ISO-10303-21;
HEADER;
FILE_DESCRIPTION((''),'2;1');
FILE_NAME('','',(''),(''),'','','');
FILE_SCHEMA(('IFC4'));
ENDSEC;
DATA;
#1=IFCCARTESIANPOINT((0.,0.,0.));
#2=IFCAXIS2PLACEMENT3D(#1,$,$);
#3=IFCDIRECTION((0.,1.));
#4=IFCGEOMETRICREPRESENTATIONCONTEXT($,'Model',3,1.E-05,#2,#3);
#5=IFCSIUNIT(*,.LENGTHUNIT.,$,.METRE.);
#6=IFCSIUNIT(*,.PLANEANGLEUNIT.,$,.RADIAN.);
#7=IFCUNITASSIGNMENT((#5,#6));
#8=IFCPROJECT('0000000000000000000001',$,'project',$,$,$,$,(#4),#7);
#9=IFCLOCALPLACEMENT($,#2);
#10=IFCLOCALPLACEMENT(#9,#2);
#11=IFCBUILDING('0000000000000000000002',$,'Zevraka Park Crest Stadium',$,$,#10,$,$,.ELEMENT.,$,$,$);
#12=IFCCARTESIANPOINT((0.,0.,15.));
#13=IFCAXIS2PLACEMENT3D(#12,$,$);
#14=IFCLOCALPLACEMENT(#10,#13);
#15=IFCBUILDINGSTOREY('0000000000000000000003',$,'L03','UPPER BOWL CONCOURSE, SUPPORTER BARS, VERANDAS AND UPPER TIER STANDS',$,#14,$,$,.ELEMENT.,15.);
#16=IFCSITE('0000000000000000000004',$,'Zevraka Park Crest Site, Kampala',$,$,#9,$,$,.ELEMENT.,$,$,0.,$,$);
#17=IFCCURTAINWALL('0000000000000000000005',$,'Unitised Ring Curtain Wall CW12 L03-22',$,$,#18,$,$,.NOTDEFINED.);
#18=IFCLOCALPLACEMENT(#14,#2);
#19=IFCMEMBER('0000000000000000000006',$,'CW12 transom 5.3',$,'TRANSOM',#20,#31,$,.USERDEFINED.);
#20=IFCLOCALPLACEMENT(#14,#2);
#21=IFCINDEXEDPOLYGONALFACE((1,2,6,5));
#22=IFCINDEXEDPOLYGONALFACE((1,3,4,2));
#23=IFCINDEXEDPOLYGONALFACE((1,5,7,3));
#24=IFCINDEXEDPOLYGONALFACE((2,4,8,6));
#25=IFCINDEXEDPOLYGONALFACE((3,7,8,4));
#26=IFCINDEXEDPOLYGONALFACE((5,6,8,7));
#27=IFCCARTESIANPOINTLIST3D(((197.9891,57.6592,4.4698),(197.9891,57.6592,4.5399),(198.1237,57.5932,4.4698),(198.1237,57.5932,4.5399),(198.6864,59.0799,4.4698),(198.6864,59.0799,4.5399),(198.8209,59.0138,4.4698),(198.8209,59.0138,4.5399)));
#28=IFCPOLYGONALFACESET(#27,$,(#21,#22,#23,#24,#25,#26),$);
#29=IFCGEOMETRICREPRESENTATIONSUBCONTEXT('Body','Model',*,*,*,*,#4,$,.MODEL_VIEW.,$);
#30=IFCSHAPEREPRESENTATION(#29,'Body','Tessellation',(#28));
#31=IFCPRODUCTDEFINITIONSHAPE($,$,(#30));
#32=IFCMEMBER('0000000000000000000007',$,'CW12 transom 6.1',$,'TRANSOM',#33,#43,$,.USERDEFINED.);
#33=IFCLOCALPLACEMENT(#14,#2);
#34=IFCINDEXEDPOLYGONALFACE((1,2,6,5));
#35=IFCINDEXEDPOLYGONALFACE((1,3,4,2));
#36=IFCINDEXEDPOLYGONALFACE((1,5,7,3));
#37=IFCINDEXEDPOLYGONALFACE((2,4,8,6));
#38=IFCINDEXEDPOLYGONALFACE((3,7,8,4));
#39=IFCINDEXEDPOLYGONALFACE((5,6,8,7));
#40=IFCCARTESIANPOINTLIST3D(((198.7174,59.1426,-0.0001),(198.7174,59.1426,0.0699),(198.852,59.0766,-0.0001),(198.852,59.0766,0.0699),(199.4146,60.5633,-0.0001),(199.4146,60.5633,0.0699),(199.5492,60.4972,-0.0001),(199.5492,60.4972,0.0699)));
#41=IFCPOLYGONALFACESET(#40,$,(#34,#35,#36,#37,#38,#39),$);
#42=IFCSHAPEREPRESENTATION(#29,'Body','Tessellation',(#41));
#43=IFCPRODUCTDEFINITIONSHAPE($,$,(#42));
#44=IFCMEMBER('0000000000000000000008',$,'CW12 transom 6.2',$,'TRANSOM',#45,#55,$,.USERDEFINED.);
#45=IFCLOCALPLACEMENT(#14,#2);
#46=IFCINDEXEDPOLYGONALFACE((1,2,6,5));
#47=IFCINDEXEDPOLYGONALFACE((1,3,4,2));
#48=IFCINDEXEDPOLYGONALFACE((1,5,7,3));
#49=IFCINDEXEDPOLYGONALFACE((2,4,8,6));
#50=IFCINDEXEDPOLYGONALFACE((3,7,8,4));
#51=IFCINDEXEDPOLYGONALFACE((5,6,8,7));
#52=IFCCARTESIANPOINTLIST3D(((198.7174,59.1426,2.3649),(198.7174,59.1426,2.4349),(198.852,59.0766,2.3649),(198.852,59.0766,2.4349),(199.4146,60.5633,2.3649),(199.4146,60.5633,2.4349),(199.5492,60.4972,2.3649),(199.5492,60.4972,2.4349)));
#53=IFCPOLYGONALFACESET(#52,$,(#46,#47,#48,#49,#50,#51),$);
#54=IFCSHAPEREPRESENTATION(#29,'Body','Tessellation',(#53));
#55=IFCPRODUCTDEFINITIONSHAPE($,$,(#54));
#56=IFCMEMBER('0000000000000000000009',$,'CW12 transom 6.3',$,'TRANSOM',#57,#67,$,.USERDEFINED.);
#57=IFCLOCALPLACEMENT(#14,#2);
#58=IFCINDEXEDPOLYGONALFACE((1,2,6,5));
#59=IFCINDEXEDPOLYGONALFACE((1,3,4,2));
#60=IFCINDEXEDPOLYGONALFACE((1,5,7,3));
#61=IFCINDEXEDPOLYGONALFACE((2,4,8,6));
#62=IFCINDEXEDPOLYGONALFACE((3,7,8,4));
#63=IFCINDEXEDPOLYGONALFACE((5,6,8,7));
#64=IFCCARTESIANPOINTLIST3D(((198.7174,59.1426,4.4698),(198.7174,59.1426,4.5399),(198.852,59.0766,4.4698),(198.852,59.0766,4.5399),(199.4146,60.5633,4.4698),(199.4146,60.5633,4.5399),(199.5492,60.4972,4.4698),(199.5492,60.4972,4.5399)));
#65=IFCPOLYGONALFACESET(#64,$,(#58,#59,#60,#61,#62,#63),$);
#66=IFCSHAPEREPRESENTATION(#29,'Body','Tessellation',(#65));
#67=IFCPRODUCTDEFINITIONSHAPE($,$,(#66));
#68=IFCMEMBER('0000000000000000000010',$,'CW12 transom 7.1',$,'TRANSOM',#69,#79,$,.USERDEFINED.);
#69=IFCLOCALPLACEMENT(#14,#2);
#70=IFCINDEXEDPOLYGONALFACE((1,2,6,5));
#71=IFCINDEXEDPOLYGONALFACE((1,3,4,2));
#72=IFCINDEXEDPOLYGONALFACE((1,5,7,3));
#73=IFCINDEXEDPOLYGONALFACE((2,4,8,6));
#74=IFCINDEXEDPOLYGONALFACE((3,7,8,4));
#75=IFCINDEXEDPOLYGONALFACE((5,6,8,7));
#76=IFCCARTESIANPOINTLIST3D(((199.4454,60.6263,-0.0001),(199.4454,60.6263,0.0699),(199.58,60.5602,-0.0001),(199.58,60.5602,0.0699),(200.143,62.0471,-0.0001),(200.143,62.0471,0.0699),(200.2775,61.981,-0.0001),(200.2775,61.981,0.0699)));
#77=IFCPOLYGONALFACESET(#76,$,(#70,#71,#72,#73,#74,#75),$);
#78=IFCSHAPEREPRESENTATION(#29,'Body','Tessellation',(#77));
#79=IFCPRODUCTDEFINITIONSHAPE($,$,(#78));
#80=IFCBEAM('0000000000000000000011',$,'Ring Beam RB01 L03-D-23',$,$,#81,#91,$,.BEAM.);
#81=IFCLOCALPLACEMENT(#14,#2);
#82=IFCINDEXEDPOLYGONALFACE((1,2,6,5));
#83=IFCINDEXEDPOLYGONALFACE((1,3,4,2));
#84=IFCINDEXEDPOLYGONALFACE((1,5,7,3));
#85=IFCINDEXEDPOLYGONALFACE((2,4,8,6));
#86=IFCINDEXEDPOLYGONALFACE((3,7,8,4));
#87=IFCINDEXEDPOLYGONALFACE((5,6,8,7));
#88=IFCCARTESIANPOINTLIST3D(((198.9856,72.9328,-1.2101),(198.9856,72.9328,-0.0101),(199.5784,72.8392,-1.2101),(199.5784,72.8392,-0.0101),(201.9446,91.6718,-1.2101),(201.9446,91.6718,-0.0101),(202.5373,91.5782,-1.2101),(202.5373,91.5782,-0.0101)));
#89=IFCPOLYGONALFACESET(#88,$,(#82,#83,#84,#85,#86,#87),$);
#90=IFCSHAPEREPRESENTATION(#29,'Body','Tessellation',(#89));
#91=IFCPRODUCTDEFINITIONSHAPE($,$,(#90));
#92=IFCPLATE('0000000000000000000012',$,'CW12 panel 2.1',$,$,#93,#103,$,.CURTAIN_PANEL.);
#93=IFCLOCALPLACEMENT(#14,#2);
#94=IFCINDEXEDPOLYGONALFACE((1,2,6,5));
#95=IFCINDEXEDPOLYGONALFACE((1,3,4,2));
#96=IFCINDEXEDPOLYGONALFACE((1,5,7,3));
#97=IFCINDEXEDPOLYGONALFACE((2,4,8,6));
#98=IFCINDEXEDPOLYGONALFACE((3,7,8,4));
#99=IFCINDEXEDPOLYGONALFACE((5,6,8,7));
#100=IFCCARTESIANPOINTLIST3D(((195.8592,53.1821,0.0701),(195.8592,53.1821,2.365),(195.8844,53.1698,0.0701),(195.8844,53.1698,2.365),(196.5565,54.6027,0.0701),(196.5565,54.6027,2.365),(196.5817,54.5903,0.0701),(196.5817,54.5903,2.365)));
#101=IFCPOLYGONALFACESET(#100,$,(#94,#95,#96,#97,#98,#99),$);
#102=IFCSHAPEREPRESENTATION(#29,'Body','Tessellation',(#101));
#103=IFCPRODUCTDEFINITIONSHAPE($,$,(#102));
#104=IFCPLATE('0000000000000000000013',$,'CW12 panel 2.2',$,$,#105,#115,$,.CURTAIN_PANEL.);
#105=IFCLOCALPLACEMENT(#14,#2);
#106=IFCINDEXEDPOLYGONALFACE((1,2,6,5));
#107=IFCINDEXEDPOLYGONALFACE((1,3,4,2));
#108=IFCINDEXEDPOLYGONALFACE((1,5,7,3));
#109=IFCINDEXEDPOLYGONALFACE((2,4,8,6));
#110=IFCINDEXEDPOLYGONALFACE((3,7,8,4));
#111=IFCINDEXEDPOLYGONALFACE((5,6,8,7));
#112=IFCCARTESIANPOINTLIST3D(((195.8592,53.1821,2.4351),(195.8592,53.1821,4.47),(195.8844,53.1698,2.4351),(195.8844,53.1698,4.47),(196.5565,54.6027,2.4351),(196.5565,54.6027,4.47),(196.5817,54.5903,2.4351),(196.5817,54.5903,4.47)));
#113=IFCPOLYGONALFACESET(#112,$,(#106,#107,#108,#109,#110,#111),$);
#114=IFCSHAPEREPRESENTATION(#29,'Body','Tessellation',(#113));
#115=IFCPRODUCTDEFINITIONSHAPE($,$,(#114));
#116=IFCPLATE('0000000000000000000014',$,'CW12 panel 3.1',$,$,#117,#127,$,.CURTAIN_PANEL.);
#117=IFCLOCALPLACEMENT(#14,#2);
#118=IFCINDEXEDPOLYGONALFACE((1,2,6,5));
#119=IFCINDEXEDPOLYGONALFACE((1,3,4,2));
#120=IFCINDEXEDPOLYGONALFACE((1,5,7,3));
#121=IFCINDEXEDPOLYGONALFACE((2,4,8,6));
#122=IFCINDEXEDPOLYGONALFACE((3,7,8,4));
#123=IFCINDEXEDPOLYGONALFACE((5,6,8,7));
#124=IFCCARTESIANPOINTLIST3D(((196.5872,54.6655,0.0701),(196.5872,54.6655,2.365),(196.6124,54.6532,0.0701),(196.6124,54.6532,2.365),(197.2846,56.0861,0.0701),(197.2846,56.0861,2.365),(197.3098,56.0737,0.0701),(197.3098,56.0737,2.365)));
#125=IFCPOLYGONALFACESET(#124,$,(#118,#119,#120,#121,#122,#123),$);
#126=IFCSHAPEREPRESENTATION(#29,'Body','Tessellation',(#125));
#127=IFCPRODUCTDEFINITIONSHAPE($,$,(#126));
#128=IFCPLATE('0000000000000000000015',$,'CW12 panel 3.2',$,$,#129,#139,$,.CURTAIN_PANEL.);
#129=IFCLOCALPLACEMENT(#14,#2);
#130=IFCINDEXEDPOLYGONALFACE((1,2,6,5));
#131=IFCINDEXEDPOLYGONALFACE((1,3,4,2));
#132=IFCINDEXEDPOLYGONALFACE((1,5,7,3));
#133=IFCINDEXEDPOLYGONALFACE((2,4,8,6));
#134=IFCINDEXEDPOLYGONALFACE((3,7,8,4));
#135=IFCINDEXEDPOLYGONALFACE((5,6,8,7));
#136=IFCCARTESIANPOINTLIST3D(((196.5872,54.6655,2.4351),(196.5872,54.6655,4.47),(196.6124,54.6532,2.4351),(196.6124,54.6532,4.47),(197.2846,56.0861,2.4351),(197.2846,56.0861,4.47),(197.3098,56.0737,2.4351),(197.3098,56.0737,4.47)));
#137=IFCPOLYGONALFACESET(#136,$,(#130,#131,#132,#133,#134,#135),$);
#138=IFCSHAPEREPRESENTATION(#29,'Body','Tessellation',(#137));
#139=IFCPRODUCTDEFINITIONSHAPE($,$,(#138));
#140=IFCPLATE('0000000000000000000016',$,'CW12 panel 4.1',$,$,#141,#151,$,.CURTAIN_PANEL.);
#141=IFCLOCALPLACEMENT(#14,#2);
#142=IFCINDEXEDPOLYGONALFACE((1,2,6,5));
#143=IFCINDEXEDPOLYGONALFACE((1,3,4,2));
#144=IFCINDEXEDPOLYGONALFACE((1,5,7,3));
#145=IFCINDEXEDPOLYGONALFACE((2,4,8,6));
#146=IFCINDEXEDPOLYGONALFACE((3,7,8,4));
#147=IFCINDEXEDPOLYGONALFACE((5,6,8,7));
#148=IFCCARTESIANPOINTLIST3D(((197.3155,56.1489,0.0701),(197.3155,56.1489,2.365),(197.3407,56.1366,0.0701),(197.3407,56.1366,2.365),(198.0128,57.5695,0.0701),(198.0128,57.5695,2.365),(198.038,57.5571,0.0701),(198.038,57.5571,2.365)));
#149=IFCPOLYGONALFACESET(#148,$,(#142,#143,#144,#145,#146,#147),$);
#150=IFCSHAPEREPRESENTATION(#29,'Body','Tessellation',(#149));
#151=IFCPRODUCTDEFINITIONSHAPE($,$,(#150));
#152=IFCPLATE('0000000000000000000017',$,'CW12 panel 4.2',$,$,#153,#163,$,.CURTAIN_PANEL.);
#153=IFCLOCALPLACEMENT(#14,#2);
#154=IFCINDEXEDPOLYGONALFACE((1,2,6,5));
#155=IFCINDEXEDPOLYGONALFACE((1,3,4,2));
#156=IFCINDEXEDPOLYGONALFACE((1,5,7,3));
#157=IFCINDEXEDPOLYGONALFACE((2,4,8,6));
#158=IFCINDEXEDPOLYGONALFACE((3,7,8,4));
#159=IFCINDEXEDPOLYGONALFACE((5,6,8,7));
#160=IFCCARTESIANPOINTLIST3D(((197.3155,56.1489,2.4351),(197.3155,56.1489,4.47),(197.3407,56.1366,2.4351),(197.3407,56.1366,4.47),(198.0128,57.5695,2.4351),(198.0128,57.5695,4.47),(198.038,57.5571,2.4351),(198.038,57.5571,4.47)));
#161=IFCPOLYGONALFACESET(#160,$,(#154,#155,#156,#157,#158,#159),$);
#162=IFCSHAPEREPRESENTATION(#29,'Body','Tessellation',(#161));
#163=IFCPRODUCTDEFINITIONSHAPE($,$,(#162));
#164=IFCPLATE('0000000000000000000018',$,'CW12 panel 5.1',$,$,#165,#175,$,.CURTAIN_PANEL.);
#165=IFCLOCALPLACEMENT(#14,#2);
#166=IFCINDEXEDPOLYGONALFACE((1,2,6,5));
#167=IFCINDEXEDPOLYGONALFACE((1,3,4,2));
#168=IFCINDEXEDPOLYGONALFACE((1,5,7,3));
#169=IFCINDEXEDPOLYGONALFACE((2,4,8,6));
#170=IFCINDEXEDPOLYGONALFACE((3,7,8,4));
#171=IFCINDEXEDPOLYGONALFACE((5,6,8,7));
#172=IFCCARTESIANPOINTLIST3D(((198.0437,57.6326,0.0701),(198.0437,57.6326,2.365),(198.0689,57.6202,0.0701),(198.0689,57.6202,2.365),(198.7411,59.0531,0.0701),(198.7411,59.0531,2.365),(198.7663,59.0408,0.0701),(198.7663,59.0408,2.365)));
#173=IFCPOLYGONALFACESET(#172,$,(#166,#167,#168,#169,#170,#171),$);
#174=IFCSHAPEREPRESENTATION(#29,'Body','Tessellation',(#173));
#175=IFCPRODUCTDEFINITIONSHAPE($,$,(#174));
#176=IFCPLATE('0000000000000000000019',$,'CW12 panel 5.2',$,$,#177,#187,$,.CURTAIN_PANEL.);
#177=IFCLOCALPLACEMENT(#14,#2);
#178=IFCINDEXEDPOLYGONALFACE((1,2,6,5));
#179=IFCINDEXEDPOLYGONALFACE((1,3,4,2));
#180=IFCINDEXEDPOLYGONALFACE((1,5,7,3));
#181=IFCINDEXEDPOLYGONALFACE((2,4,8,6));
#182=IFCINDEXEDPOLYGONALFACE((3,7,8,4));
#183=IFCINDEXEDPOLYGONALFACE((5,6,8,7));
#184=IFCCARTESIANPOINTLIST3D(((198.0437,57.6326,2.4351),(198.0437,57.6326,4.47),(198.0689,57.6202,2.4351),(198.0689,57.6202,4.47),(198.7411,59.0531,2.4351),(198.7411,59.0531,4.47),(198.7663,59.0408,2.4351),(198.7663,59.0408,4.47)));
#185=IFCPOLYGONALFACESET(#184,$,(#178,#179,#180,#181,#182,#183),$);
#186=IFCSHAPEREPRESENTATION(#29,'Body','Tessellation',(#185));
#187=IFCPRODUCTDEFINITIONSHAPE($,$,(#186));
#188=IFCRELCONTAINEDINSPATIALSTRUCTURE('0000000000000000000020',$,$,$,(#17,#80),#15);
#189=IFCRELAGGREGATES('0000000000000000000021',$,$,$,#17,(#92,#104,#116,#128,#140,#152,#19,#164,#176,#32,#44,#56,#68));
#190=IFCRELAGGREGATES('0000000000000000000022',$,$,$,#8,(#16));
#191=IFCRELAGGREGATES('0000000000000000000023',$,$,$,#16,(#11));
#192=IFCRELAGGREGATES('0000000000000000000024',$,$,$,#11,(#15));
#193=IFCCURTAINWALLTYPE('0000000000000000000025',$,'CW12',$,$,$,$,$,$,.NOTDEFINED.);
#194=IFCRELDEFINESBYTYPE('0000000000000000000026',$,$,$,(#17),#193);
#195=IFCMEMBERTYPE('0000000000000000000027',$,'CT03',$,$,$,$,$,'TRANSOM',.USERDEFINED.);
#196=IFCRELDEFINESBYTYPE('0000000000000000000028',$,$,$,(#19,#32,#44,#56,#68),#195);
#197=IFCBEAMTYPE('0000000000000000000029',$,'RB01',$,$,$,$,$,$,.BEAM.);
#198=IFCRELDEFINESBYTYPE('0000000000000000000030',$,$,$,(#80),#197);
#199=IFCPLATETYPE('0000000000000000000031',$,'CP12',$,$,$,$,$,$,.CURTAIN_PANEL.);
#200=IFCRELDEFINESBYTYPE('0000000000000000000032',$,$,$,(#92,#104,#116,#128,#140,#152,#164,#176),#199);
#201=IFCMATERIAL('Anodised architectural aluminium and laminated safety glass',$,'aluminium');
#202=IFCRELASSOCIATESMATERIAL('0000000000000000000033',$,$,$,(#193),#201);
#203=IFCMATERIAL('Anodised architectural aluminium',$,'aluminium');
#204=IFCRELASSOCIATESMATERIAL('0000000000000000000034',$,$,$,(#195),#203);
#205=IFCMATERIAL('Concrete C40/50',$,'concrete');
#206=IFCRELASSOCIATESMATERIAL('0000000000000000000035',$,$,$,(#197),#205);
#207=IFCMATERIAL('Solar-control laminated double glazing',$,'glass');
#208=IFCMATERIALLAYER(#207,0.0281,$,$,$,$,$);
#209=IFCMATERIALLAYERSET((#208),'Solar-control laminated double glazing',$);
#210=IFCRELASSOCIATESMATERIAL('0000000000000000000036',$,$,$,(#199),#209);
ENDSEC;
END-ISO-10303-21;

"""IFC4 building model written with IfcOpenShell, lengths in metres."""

from ifc_helpers import new_model, si_unit, direction, frame, origin, origin_2d, place, context, subcontext, project, spatial, rectangle, extrude, material, layer, layer_set, material_profile, profile_set, type_object, element, aggregate, save


model = new_model("IFC4")

# Units and contexts
model_context = context("Model", 3, precision=1e-05, world=origin(), true_north=direction((0.0, 1.0)))
body_context = subcontext(model_context, "Body", "Model", "MODEL_VIEW")
ifc_project = project(units=[si_unit("LENGTHUNIT", "METRE"), si_unit("PLANEANGLEUNIT", "RADIAN")], contexts=[model_context])

# Site, building, storey
site_placement = place(None, origin())
site = spatial("IfcSite", under=ifc_project, at=site_placement, Name="Zevraka Park Crest Site, Kampala", CompositionType="ELEMENT", RefElevation=0.0)
building_placement = place(site_placement, origin())
building = spatial("IfcBuilding", under=site, at=building_placement, Name="Zevraka Park Crest Stadium", CompositionType="ELEMENT")
storey_placement = place(building_placement, frame((0.0, 0.0, 15.0)))
storey = spatial("IfcBuildingStorey", under=building, at=storey_placement, Name="L03", Description="UPPER BOWL CONCOURSE, SUPPORTER BARS, VERANDAS AND UPPER TIER STANDS", CompositionType="ELEMENT", Elevation=15.0)

# Curtain wall, members
ifc_material_1 = material(Name="Anodised architectural aluminium and laminated safety glass", Category="aluminium")
curtain_wall_type = type_object("IfcCurtainWallType", Name="CW12", PredefinedType="NOTDEFINED", material=ifc_material_1)
curtain_wall_placement = place(storey_placement, origin())
curtain_wall = element("IfcCurtainWall", 1, at=curtain_wall_placement, inside=storey, type_object=curtain_wall_type, Name="Unitised Ring Curtain Wall CW12 L03-22", PredefinedType="NOTDEFINED")
ifc_material_2 = material(Name="Anodised architectural aluminium", Category="aluminium")
ifc_material_profile_1 = material_profile(ifc_material_2, rectangle(XDim=0.1499, YDim=0.0701, at=origin_2d()), Name="ALU TRANSOM 150x70")
ifc_profile_set_1 = profile_set([ifc_material_profile_1], Name="Anodised architectural aluminium")
member_type_1 = type_object("IfcMemberType", Name="CT03", ElementType="TRANSOM", PredefinedType="USERDEFINED", material=ifc_profile_set_1)
member_1_placement = place(storey_placement, frame((198.0564, 57.6262, 4.5049), z_axis=(0.440599, 0.897704, 0.0), x_axis=(-0.897704, 0.440599, 0.0)))
member_1 = element("IfcMember", 2, at=member_1_placement, type_object=member_type_1, Name="CW12 transom 5.3", ObjectType="TRANSOM", PredefinedType="USERDEFINED", context=body_context, shape_type="SweptSolid", body=[
    extrude(rectangle(XDim=0.1499, YDim=0.0701, at=origin_2d()), origin(), (0.0, 0.0, 1.0), 1.5825),
])
member_2_placement = place(storey_placement, frame((198.7847, 59.1096, 0.0349), z_axis=(0.440599, 0.897704, 0.0), x_axis=(-0.897704, 0.440599, 0.0)))
member_2 = element("IfcMember", 3, at=member_2_placement, type_object=member_type_1, Name="CW12 transom 6.1", ObjectType="TRANSOM", PredefinedType="USERDEFINED", context=body_context, shape_type="SweptSolid", body=[
    extrude(rectangle(XDim=0.1499, YDim=0.0701, at=origin_2d()), origin(), (0.0, 0.0, 1.0), 1.5825),
])
member_3_placement = place(storey_placement, frame((198.7847, 59.1096, 2.3999), z_axis=(0.440599, 0.897704, 0.0), x_axis=(-0.897704, 0.440599, 0.0)))
member_3 = element("IfcMember", 4, at=member_3_placement, type_object=member_type_1, Name="CW12 transom 6.2", ObjectType="TRANSOM", PredefinedType="USERDEFINED", context=body_context, shape_type="SweptSolid", body=[
    extrude(rectangle(XDim=0.1499, YDim=0.0701, at=origin_2d()), origin(), (0.0, 0.0, 1.0), 1.5825),
])
member_4_placement = place(storey_placement, frame((198.7847, 59.1096, 4.5049), z_axis=(0.440599, 0.897704, 0.0), x_axis=(-0.897704, 0.440599, 0.0)))
member_4 = element("IfcMember", 5, at=member_4_placement, type_object=member_type_1, Name="CW12 transom 6.3", ObjectType="TRANSOM", PredefinedType="USERDEFINED", context=body_context, shape_type="SweptSolid", body=[
    extrude(rectangle(XDim=0.1499, YDim=0.0701, at=origin_2d()), origin(), (0.0, 0.0, 1.0), 1.5825),
])
member_5_placement = place(storey_placement, frame((199.5127, 60.5933, 0.0349), z_axis=(0.440723, 0.897643, 0.0), x_axis=(-0.897643, 0.440723, 0.0)))
member_5 = element("IfcMember", 6, at=member_5_placement, type_object=member_type_1, Name="CW12 transom 7.1", ObjectType="TRANSOM", PredefinedType="USERDEFINED", context=body_context, shape_type="SweptSolid", body=[
    extrude(rectangle(XDim=0.1499, YDim=0.0701, at=origin_2d()), origin(), (0.0, 0.0, 1.0), 1.5828),
])

# Beam
ifc_material_3 = material(Name="Concrete C40/50", Category="concrete")
ifc_material_profile_2 = material_profile(ifc_material_3, rectangle(XDim=0.6001, YDim=1.2, at=origin_2d()), Name="RC 1200x600")
ifc_profile_set_2 = profile_set([ifc_material_profile_2], Name="Concrete C40/50")
beam_type = type_object("IfcBeamType", Name="RB01", PredefinedType="BEAM", material=ifc_profile_set_2)
beam_placement = place(storey_placement, frame((199.282, 72.886, -0.6101), z_axis=(0.155972, 0.987761, 0.0), x_axis=(-0.987761, 0.155972, 0.0)))
element("IfcBeam", 7, at=beam_placement, inside=storey, type_object=beam_type, Name="Ring Beam RB01 L03-D-23", PredefinedType="BEAM", context=body_context, shape_type="SweptSolid", body=[
    extrude(rectangle(XDim=0.6001, YDim=1.2, at=origin_2d()), origin(), (0.0, 0.0, 1.0), 18.9712),
])

# Plates
ifc_material_4 = material(Name="Solar-control laminated double glazing", Category="glass")
ifc_layer_1 = layer(ifc_material_4, 0.0281)
ifc_layer_set_1 = layer_set([ifc_layer_1], Name="Solar-control laminated double glazing")
plate_type = type_object("IfcPlateType", Name="CP12", PredefinedType="CURTAIN_PANEL", material=ifc_layer_set_1)
plate_1_placement = place(storey_placement, frame((196.2205, 53.8862, 0.0701), z_axis=(0.0, 0.0, 1.0), x_axis=(0.440666, 0.897671, 0.0)))
plate_1 = element("IfcPlate", 8, at=plate_1_placement, type_object=plate_type, Name="CW12 panel 2.1", PredefinedType="CURTAIN_PANEL", context=body_context, shape_type="SweptSolid", body=[
    extrude(rectangle(XDim=1.5825, YDim=0.0281, at=origin_2d()), origin(), (0.0, 0.0, 1.0), 2.2949),
])
plate_2_placement = place(storey_placement, frame((196.2205, 53.8862, 2.4351), z_axis=(0.0, 0.0, 1.0), x_axis=(0.440666, 0.897671, 0.0)))
plate_2 = element("IfcPlate", 9, at=plate_2_placement, type_object=plate_type, Name="CW12 panel 2.2", PredefinedType="CURTAIN_PANEL", context=body_context, shape_type="SweptSolid", body=[
    extrude(rectangle(XDim=1.5825, YDim=0.0281, at=origin_2d()), origin(), (0.0, 0.0, 1.0), 2.0349),
])
plate_3_placement = place(storey_placement, frame((196.9485, 55.3696, 0.0701), z_axis=(0.0, 0.0, 1.0), x_axis=(0.440666, 0.897671, 0.0)))
plate_3 = element("IfcPlate", 10, at=plate_3_placement, type_object=plate_type, Name="CW12 panel 3.1", PredefinedType="CURTAIN_PANEL", context=body_context, shape_type="SweptSolid", body=[
    extrude(rectangle(XDim=1.5825, YDim=0.0281, at=origin_2d()), origin(), (0.0, 0.0, 1.0), 2.2949),
])
plate_4_placement = place(storey_placement, frame((196.9485, 55.3696, 2.4351), z_axis=(0.0, 0.0, 1.0), x_axis=(0.440666, 0.897671, 0.0)))
plate_4 = element("IfcPlate", 11, at=plate_4_placement, type_object=plate_type, Name="CW12 panel 3.2", PredefinedType="CURTAIN_PANEL", context=body_context, shape_type="SweptSolid", body=[
    extrude(rectangle(XDim=1.5825, YDim=0.0281, at=origin_2d()), origin(), (0.0, 0.0, 1.0), 2.0349),
])
plate_5_placement = place(storey_placement, frame((197.6768, 56.853, 0.0701), z_axis=(0.0, 0.0, 1.0), x_axis=(0.440666, 0.897671, 0.0)))
plate_5 = element("IfcPlate", 12, at=plate_5_placement, type_object=plate_type, Name="CW12 panel 4.1", PredefinedType="CURTAIN_PANEL", context=body_context, shape_type="SweptSolid", body=[
    extrude(rectangle(XDim=1.5825, YDim=0.0281, at=origin_2d()), origin(), (0.0, 0.0, 1.0), 2.2949),
])
plate_6_placement = place(storey_placement, frame((197.6768, 56.853, 2.4351), z_axis=(0.0, 0.0, 1.0), x_axis=(0.440666, 0.897671, 0.0)))
plate_6 = element("IfcPlate", 13, at=plate_6_placement, type_object=plate_type, Name="CW12 panel 4.2", PredefinedType="CURTAIN_PANEL", context=body_context, shape_type="SweptSolid", body=[
    extrude(rectangle(XDim=1.5825, YDim=0.0281, at=origin_2d()), origin(), (0.0, 0.0, 1.0), 2.0349),
])
plate_7_placement = place(storey_placement, frame((198.405, 58.3367, 0.0701), z_axis=(0.0, 0.0, 1.0), x_axis=(0.440666, 0.897671, 0.0)))
plate_7 = element("IfcPlate", 14, at=plate_7_placement, type_object=plate_type, Name="CW12 panel 5.1", PredefinedType="CURTAIN_PANEL", context=body_context, shape_type="SweptSolid", body=[
    extrude(rectangle(XDim=1.5825, YDim=0.0281, at=origin_2d()), origin(), (0.0, 0.0, 1.0), 2.2949),
])
plate_8_placement = place(storey_placement, frame((198.405, 58.3367, 2.4351), z_axis=(0.0, 0.0, 1.0), x_axis=(0.440666, 0.897671, 0.0)))
plate_8 = element("IfcPlate", 15, at=plate_8_placement, type_object=plate_type, Name="CW12 panel 5.2", PredefinedType="CURTAIN_PANEL", context=body_context, shape_type="SweptSolid", body=[
    extrude(rectangle(XDim=1.5825, YDim=0.0281, at=origin_2d()), origin(), (0.0, 0.0, 1.0), 2.0349),
])
aggregate(curtain_wall, [plate_1, plate_2, plate_3, plate_4, plate_5, plate_6, member_1, plate_7, plate_8, member_2, member_3, member_4, member_5])

save(model, "model.ifc")
